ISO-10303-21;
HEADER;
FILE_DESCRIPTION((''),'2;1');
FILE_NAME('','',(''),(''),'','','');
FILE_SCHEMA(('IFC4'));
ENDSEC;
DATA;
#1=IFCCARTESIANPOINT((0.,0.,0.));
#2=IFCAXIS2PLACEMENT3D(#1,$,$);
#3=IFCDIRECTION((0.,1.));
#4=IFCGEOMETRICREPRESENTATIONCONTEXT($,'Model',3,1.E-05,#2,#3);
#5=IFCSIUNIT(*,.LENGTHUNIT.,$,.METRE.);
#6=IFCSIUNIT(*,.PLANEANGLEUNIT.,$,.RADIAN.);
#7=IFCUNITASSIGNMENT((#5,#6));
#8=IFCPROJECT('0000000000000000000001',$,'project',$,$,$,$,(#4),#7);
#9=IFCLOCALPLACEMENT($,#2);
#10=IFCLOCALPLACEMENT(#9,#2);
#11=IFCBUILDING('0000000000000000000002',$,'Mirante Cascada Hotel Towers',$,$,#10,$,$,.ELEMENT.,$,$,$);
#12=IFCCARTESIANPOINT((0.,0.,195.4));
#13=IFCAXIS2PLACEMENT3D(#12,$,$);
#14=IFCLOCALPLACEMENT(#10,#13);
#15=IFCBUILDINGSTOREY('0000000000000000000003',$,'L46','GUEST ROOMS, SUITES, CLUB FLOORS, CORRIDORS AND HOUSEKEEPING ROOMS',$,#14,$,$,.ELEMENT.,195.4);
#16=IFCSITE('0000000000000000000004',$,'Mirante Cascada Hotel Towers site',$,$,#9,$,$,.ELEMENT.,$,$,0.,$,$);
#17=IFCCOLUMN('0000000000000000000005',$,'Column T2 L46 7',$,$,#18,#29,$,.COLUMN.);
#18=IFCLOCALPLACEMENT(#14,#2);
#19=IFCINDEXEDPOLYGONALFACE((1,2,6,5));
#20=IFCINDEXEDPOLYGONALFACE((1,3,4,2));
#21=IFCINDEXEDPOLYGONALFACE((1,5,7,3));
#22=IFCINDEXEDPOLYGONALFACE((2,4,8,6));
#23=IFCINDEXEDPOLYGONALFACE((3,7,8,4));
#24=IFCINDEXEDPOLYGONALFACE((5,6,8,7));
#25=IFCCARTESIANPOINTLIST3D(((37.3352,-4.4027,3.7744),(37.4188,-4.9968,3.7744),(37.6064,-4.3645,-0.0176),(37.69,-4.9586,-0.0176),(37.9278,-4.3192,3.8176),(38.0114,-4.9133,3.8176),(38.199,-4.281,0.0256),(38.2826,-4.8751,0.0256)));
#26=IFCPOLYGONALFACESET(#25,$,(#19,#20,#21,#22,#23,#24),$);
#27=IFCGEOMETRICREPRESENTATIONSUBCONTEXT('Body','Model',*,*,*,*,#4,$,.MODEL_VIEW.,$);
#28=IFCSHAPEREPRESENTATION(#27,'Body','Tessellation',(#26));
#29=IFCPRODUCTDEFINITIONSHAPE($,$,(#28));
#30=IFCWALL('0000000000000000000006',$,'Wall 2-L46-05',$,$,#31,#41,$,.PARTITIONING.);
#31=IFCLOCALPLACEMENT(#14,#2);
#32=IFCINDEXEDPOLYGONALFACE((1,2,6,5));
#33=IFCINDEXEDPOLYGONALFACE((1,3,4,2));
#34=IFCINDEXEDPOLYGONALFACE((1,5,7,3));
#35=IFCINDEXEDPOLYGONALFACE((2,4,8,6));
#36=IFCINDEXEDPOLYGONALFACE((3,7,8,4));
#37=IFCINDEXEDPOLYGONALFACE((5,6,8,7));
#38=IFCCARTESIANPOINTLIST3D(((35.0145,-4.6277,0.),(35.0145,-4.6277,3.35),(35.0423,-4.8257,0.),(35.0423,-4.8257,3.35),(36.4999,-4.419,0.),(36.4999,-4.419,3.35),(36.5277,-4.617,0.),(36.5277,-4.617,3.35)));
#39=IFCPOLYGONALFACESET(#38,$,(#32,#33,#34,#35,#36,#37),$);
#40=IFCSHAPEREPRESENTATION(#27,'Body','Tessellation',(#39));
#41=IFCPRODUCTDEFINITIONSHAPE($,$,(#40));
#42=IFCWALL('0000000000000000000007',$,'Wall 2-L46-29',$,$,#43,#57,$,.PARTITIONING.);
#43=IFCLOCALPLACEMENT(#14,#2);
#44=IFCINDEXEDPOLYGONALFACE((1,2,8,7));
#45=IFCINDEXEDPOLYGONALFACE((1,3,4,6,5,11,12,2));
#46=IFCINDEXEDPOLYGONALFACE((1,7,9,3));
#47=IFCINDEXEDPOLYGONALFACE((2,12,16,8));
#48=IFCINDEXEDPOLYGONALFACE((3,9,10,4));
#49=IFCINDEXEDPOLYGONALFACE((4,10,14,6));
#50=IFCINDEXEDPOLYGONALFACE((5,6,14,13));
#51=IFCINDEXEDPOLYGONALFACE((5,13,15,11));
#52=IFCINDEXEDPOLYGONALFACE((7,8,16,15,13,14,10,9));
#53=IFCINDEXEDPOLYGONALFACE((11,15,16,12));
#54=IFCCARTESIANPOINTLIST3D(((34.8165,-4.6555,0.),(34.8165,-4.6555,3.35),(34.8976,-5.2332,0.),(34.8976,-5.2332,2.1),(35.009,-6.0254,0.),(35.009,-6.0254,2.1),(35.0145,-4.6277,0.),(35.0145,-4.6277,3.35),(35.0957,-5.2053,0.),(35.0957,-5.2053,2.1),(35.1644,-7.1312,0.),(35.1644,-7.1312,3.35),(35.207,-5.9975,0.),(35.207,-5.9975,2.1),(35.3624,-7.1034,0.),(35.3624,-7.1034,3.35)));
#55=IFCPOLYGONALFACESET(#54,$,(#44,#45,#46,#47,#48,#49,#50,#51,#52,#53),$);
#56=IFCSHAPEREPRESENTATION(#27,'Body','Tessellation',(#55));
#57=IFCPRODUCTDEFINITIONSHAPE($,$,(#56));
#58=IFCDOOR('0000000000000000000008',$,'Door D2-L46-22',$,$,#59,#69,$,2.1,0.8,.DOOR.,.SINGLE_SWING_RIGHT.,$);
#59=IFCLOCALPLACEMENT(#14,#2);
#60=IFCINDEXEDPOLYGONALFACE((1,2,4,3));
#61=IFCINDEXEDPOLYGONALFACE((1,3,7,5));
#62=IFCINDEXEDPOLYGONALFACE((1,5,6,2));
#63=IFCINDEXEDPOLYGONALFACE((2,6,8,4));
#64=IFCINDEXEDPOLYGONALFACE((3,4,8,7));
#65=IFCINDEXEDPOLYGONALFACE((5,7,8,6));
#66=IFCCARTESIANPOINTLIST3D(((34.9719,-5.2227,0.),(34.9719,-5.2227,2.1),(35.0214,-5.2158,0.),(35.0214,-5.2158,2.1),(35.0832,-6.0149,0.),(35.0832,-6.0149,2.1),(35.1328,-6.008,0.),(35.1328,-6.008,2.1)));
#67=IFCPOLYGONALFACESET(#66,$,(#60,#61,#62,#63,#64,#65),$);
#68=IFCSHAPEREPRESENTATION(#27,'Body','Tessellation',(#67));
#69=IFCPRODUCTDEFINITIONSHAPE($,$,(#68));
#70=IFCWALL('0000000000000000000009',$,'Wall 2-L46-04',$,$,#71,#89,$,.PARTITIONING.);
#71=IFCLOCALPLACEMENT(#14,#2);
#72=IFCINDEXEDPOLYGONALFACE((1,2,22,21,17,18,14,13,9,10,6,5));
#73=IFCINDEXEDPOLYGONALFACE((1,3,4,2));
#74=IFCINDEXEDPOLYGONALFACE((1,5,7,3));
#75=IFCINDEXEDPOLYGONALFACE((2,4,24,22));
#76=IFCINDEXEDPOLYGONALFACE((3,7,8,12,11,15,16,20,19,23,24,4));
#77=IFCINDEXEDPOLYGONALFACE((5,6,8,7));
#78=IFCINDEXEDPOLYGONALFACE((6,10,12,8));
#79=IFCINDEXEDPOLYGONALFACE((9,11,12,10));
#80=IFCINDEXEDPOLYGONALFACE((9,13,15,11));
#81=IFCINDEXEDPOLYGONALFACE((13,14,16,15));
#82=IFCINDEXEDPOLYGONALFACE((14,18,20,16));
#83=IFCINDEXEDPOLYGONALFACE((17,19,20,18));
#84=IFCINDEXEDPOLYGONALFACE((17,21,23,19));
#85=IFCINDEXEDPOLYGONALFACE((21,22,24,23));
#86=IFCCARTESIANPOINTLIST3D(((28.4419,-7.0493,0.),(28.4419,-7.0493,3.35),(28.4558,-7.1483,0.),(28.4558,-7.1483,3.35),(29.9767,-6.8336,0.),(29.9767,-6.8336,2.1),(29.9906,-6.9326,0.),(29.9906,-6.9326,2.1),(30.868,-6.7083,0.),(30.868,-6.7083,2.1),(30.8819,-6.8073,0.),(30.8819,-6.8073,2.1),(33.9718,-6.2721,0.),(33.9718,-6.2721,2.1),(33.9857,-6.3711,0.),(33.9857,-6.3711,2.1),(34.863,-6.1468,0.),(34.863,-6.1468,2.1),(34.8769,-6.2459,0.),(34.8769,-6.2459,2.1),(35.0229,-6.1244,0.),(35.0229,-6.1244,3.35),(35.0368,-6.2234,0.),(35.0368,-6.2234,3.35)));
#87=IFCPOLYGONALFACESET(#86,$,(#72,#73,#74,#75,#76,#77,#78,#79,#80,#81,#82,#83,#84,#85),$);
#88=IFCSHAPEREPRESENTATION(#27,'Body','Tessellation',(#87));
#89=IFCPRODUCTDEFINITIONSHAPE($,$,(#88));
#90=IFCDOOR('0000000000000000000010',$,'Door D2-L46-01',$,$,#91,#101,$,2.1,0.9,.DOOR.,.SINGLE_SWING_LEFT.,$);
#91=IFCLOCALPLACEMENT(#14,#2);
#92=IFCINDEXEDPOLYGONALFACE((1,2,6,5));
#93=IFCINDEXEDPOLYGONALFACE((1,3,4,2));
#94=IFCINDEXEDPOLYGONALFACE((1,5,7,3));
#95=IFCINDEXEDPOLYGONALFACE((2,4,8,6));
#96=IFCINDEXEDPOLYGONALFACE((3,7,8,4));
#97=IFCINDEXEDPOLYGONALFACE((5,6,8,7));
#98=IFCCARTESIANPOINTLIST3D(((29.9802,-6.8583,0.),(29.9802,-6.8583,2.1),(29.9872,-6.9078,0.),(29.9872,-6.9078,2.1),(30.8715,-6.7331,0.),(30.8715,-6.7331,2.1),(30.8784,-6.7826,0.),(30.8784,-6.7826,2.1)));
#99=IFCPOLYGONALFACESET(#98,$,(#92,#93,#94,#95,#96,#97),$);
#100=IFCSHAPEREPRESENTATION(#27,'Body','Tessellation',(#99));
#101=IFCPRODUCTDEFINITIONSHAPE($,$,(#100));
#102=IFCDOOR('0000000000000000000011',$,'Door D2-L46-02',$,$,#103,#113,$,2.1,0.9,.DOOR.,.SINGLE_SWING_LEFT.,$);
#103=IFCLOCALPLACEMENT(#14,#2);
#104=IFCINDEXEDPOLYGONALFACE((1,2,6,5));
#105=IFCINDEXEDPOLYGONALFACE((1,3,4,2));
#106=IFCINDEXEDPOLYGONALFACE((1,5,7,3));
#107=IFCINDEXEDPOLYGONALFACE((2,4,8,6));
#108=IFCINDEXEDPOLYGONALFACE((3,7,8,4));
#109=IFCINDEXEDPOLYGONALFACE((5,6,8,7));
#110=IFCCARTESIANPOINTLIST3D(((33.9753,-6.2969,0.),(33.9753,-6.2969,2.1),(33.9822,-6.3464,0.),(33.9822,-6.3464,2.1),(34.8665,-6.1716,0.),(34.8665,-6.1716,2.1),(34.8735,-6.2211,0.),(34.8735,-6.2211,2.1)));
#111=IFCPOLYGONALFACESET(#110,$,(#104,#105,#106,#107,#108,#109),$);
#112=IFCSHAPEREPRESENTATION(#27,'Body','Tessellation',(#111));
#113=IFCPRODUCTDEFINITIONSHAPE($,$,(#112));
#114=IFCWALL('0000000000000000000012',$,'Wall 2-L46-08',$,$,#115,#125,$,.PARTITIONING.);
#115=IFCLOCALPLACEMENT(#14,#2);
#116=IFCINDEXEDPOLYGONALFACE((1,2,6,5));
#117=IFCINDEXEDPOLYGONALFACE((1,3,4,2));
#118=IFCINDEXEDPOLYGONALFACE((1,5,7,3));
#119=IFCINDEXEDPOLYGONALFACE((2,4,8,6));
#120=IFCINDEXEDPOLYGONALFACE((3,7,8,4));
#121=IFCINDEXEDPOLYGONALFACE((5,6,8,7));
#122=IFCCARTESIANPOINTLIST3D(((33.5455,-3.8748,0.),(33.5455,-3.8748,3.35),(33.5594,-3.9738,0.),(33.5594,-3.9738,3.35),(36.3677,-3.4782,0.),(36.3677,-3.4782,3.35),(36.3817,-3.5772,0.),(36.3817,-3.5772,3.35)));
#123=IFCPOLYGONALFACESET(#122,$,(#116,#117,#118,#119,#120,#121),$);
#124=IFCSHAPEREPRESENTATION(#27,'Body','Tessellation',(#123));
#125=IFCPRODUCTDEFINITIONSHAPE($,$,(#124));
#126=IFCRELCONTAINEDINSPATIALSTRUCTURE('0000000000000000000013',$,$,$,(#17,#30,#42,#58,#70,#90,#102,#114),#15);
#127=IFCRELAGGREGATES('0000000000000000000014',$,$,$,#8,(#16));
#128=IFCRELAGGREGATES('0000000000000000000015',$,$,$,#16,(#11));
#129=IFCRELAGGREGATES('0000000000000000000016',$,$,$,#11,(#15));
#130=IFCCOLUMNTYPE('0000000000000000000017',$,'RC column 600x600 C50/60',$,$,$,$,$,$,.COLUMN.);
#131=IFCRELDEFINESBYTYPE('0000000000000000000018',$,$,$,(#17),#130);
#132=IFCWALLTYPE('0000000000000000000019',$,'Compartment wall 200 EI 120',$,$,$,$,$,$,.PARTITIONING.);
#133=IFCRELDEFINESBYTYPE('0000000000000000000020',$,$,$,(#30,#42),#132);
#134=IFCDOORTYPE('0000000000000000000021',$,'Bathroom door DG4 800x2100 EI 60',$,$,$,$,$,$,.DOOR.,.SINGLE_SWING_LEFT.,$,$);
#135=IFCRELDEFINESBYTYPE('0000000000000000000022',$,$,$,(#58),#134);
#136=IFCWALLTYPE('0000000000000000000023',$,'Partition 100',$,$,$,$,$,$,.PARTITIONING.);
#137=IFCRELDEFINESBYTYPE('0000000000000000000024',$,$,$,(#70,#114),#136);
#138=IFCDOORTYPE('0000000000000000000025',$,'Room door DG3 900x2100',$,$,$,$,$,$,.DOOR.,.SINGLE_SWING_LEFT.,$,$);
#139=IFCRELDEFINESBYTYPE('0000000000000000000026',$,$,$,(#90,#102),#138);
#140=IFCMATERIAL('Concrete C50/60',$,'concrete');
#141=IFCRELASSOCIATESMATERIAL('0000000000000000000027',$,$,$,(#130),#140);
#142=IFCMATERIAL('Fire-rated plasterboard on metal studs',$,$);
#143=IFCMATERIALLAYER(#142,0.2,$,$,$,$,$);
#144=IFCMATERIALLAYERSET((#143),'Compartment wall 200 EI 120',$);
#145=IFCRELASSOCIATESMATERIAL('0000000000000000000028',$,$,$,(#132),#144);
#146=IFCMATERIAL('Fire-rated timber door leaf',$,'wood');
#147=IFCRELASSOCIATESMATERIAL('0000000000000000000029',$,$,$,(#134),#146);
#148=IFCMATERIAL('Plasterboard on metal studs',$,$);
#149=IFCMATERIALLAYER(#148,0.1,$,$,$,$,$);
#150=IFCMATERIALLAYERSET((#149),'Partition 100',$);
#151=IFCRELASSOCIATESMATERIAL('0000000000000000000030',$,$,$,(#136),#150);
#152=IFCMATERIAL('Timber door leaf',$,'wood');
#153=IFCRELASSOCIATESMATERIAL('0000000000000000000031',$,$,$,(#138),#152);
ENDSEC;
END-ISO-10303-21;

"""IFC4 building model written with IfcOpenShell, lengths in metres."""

from ifc_helpers import new_model, si_unit, direction, frame, frame_2d, origin, origin_2d, place, context, subcontext, project, spatial, rectangle, extrude, material, layer, layer_set, material_profile, profile_set, type_object, element, fill, save


model = new_model("IFC4")

# Units and contexts
model_context = context("Model", 3, precision=1e-05, world=origin(), true_north=direction((0.0, 1.0)))
body_context = subcontext(model_context, "Body", "Model", "MODEL_VIEW")
ifc_project = project(units=[si_unit("LENGTHUNIT", "METRE"), si_unit("PLANEANGLEUNIT", "RADIAN")], contexts=[model_context])

# Site, building, storey
site_placement = place(None, origin())
site = spatial("IfcSite", under=ifc_project, at=site_placement, Name="Mirante Cascada Hotel Towers site", CompositionType="ELEMENT", RefElevation=0.0)
building_placement = place(site_placement, origin())
building = spatial("IfcBuilding", under=site, at=building_placement, Name="Mirante Cascada Hotel Towers", CompositionType="ELEMENT")
storey_placement = place(building_placement, frame((0.0, 0.0, 195.4)))
storey = spatial("IfcBuildingStorey", under=building, at=storey_placement, Name="L46", Description="GUEST ROOMS, SUITES, CLUB FLOORS, CORRIDORS AND HOUSEKEEPING ROOMS", CompositionType="ELEMENT", Elevation=195.4)

# Column
ifc_material_1 = material(Name="Concrete C50/60", Category="concrete")
ifc_material_profile = material_profile(ifc_material_1, rectangle(XDim=0.6, YDim=0.6, at=origin_2d()), Name="RC column 600x600 C50/60")
ifc_profile_set = profile_set([ifc_material_profile], Name="Concrete C50/60")
column_type = type_object("IfcColumnType", Name="RC column 600x600 C50/60", PredefinedType="COLUMN", material=ifc_profile_set)
column_placement = place(storey_placement, frame((37.9445, -4.6198, 0.004), z_axis=(-0.071333, -0.010048, 0.997402), x_axis=(0.139479, -0.990225, 0.0)))
element("IfcColumn", 1, at=column_placement, inside=storey, type_object=column_type, Name="Column T2 L46 7", PredefinedType="COLUMN", context=body_context, shape_type="SweptSolid", body=[
    extrude(rectangle(XDim=0.6, YDim=0.6, at=origin_2d()), origin(), (0.0, 0.0, 1.0), 3.8019),
])

# Wall
ifc_material_2 = material(Name="Fire-rated plasterboard on metal studs")
ifc_layer_1 = layer(ifc_material_2, 0.2)
ifc_layer_set_1 = layer_set([ifc_layer_1], Name="Compartment wall 200 EI 120")
wall_type_1 = type_object("IfcWallType", Name="Compartment wall 200 EI 120", PredefinedType="PARTITIONING", material=ifc_layer_set_1)
wall_1_placement = place(storey_placement, frame((35.0284, -4.7267, 0.0), z_axis=(0.0, 0.0, 1.0), x_axis=(0.990274, 0.139134, 0.0)))
element("IfcWall", 2, at=wall_1_placement, inside=storey, type_object=wall_type_1, Name="Wall 2-L46-05", PredefinedType="PARTITIONING", context=body_context, shape_type="SweptSolid", body=[
    extrude(rectangle(XDim=1.5, YDim=0.2, at=frame_2d((0.75, 0.0))), origin(), (0.0, 0.0, 1.0), 3.35),
])

# Wall, opening, door
wall_2_placement = place(storey_placement, frame((35.2634, -7.1173, 0.0), z_axis=(0.0, 0.0, 1.0), x_axis=(-0.139159, 0.99027, 0.0)))
wall_2 = element("IfcWall", 3, at=wall_2_placement, inside=storey, type_object=wall_type_1, Name="Wall 2-L46-29", PredefinedType="PARTITIONING", context=body_context, shape_type="SweptSolid", body=[
    extrude(rectangle(XDim=2.5, YDim=0.2, at=frame_2d((1.25, 0.0))), origin(), (0.0, 0.0, 1.0), 3.35),
])
opening_1_placement = place(wall_2_placement, frame((1.1167, 0.0, 0.0)))
opening_1 = element("IfcOpeningElement", 4, at=opening_1_placement, cuts=wall_2, PredefinedType="OPENING", context=body_context, shape_type="SweptSolid", body=[
    extrude(rectangle(XDim=0.8, YDim=2.1, at=frame_2d((0.4, 1.05))), frame((0.0, 0.1, 0.0), z_axis=(0.0, -1.0, 0.0), x_axis=(1.0, 0.0, 0.0)), (0.0, 0.0, 1.0), 0.2),
])
ifc_material_3 = material(Name="Fire-rated timber door leaf", Category="wood")
door_type_1 = type_object("IfcDoorType", Name="Bathroom door DG4 800x2100 EI 60", OperationType="SINGLE_SWING_LEFT", PredefinedType="DOOR", material=ifc_material_3)
door_1_placement = place(opening_1_placement, frame((0.8, 0.0, 0.0), z_axis=(0.0, 0.0, 1.0), x_axis=(-1.0, 0.0, 0.0)))
door_1 = element("IfcDoor", 5, at=door_1_placement, inside=storey, type_object=door_type_1, Name="Door D2-L46-22", OperationType="SINGLE_SWING_RIGHT", OverallHeight=2.1, OverallWidth=0.8, PredefinedType="DOOR", context=body_context, shape_type="SweptSolid", body=[
    extrude(rectangle(XDim=0.8, YDim=2.1, at=frame_2d((0.4, 1.05))), frame((0.0, 0.025, 0.0), z_axis=(0.0, -1.0, 0.0), x_axis=(1.0, 0.0, 0.0)), (0.0, 0.0, 1.0), 0.05),
])
fill(opening_1, door_1)

# Wall, openings, doors
ifc_material_4 = material(Name="Plasterboard on metal studs")
ifc_layer_2 = layer(ifc_material_4, 0.1)
ifc_layer_set_2 = layer_set([ifc_layer_2], Name="Partition 100")
wall_type_2 = type_object("IfcWallType", Name="Partition 100", PredefinedType="PARTITIONING", material=ifc_layer_set_2)
wall_3_placement = place(storey_placement, frame((35.0298, -6.1739, 0.0), z_axis=(0.0, 0.0, 1.0), x_axis=(-0.990268, -0.139173, 0.0)))
wall_3 = element("IfcWall", 6, at=wall_3_placement, inside=storey, type_object=wall_type_2, Name="Wall 2-L46-04", PredefinedType="PARTITIONING", context=body_context, shape_type="SweptSolid", body=[
    extrude(rectangle(XDim=6.6457, YDim=0.1, at=frame_2d((3.3228, 0.0))), origin(), (0.0, 0.0, 1.0), 3.35),
])
opening_2_placement = place(wall_3_placement, frame((4.1957, 0.0, 0.0)))
opening_2 = element("IfcOpeningElement", 7, at=opening_2_placement, cuts=wall_3, PredefinedType="OPENING", context=body_context, shape_type="SweptSolid", body=[
    extrude(rectangle(XDim=0.9, YDim=2.1, at=frame_2d((0.45, 1.05))), frame((0.0, 0.05, 0.0), z_axis=(0.0, -1.0, 0.0), x_axis=(1.0, 0.0, 0.0)), (0.0, 0.0, 1.0), 0.1),
])
opening_3_placement = place(wall_3_placement, frame((0.1614, 0.0, 0.0)))
opening_3 = element("IfcOpeningElement", 8, at=opening_3_placement, cuts=wall_3, PredefinedType="OPENING", context=body_context, shape_type="SweptSolid", body=[
    extrude(rectangle(XDim=0.9, YDim=2.1, at=frame_2d((0.45, 1.05))), frame((0.0, 0.05, 0.0), z_axis=(0.0, -1.0, 0.0), x_axis=(1.0, 0.0, 0.0)), (0.0, 0.0, 1.0), 0.1),
])
ifc_material_5 = material(Name="Timber door leaf", Category="wood")
door_type_2 = type_object("IfcDoorType", Name="Room door DG3 900x2100", OperationType="SINGLE_SWING_LEFT", PredefinedType="DOOR", material=ifc_material_5)
door_2_placement = place(opening_2_placement, origin())
door_2 = element("IfcDoor", 9, at=door_2_placement, inside=storey, type_object=door_type_2, Name="Door D2-L46-01", OperationType="SINGLE_SWING_LEFT", OverallHeight=2.1, OverallWidth=0.9, PredefinedType="DOOR", context=body_context, shape_type="SweptSolid", body=[
    extrude(rectangle(XDim=0.9, YDim=2.1, at=frame_2d((0.45, 1.05))), frame((0.0, 0.025, 0.0), z_axis=(0.0, -1.0, 0.0), x_axis=(1.0, 0.0, 0.0)), (0.0, 0.0, 1.0), 0.05),
])
fill(opening_2, door_2)
door_3_placement = place(opening_3_placement, origin())
door_3 = element("IfcDoor", 10, at=door_3_placement, inside=storey, type_object=door_type_2, Name="Door D2-L46-02", OperationType="SINGLE_SWING_LEFT", OverallHeight=2.1, OverallWidth=0.9, PredefinedType="DOOR", context=body_context, shape_type="SweptSolid", body=[
    extrude(rectangle(XDim=0.9, YDim=2.1, at=frame_2d((0.45, 1.05))), frame((0.0, 0.025, 0.0), z_axis=(0.0, -1.0, 0.0), x_axis=(1.0, 0.0, 0.0)), (0.0, 0.0, 1.0), 0.05),
])
fill(opening_3, door_3)

# Wall
wall_4_placement = place(storey_placement, frame((36.3747, -3.5277, 0.0), z_axis=(0.0, 0.0, 1.0), x_axis=(-0.99027, -0.139156, 0.0)))
element("IfcWall", 11, at=wall_4_placement, inside=storey, type_object=wall_type_2, Name="Wall 2-L46-08", PredefinedType="PARTITIONING", context=body_context, shape_type="SweptSolid", body=[
    extrude(rectangle(XDim=2.85, YDim=0.1, at=frame_2d((1.425, 0.0))), origin(), (0.0, 0.0, 1.0), 3.35),
])

save(model, "model.ifc")
